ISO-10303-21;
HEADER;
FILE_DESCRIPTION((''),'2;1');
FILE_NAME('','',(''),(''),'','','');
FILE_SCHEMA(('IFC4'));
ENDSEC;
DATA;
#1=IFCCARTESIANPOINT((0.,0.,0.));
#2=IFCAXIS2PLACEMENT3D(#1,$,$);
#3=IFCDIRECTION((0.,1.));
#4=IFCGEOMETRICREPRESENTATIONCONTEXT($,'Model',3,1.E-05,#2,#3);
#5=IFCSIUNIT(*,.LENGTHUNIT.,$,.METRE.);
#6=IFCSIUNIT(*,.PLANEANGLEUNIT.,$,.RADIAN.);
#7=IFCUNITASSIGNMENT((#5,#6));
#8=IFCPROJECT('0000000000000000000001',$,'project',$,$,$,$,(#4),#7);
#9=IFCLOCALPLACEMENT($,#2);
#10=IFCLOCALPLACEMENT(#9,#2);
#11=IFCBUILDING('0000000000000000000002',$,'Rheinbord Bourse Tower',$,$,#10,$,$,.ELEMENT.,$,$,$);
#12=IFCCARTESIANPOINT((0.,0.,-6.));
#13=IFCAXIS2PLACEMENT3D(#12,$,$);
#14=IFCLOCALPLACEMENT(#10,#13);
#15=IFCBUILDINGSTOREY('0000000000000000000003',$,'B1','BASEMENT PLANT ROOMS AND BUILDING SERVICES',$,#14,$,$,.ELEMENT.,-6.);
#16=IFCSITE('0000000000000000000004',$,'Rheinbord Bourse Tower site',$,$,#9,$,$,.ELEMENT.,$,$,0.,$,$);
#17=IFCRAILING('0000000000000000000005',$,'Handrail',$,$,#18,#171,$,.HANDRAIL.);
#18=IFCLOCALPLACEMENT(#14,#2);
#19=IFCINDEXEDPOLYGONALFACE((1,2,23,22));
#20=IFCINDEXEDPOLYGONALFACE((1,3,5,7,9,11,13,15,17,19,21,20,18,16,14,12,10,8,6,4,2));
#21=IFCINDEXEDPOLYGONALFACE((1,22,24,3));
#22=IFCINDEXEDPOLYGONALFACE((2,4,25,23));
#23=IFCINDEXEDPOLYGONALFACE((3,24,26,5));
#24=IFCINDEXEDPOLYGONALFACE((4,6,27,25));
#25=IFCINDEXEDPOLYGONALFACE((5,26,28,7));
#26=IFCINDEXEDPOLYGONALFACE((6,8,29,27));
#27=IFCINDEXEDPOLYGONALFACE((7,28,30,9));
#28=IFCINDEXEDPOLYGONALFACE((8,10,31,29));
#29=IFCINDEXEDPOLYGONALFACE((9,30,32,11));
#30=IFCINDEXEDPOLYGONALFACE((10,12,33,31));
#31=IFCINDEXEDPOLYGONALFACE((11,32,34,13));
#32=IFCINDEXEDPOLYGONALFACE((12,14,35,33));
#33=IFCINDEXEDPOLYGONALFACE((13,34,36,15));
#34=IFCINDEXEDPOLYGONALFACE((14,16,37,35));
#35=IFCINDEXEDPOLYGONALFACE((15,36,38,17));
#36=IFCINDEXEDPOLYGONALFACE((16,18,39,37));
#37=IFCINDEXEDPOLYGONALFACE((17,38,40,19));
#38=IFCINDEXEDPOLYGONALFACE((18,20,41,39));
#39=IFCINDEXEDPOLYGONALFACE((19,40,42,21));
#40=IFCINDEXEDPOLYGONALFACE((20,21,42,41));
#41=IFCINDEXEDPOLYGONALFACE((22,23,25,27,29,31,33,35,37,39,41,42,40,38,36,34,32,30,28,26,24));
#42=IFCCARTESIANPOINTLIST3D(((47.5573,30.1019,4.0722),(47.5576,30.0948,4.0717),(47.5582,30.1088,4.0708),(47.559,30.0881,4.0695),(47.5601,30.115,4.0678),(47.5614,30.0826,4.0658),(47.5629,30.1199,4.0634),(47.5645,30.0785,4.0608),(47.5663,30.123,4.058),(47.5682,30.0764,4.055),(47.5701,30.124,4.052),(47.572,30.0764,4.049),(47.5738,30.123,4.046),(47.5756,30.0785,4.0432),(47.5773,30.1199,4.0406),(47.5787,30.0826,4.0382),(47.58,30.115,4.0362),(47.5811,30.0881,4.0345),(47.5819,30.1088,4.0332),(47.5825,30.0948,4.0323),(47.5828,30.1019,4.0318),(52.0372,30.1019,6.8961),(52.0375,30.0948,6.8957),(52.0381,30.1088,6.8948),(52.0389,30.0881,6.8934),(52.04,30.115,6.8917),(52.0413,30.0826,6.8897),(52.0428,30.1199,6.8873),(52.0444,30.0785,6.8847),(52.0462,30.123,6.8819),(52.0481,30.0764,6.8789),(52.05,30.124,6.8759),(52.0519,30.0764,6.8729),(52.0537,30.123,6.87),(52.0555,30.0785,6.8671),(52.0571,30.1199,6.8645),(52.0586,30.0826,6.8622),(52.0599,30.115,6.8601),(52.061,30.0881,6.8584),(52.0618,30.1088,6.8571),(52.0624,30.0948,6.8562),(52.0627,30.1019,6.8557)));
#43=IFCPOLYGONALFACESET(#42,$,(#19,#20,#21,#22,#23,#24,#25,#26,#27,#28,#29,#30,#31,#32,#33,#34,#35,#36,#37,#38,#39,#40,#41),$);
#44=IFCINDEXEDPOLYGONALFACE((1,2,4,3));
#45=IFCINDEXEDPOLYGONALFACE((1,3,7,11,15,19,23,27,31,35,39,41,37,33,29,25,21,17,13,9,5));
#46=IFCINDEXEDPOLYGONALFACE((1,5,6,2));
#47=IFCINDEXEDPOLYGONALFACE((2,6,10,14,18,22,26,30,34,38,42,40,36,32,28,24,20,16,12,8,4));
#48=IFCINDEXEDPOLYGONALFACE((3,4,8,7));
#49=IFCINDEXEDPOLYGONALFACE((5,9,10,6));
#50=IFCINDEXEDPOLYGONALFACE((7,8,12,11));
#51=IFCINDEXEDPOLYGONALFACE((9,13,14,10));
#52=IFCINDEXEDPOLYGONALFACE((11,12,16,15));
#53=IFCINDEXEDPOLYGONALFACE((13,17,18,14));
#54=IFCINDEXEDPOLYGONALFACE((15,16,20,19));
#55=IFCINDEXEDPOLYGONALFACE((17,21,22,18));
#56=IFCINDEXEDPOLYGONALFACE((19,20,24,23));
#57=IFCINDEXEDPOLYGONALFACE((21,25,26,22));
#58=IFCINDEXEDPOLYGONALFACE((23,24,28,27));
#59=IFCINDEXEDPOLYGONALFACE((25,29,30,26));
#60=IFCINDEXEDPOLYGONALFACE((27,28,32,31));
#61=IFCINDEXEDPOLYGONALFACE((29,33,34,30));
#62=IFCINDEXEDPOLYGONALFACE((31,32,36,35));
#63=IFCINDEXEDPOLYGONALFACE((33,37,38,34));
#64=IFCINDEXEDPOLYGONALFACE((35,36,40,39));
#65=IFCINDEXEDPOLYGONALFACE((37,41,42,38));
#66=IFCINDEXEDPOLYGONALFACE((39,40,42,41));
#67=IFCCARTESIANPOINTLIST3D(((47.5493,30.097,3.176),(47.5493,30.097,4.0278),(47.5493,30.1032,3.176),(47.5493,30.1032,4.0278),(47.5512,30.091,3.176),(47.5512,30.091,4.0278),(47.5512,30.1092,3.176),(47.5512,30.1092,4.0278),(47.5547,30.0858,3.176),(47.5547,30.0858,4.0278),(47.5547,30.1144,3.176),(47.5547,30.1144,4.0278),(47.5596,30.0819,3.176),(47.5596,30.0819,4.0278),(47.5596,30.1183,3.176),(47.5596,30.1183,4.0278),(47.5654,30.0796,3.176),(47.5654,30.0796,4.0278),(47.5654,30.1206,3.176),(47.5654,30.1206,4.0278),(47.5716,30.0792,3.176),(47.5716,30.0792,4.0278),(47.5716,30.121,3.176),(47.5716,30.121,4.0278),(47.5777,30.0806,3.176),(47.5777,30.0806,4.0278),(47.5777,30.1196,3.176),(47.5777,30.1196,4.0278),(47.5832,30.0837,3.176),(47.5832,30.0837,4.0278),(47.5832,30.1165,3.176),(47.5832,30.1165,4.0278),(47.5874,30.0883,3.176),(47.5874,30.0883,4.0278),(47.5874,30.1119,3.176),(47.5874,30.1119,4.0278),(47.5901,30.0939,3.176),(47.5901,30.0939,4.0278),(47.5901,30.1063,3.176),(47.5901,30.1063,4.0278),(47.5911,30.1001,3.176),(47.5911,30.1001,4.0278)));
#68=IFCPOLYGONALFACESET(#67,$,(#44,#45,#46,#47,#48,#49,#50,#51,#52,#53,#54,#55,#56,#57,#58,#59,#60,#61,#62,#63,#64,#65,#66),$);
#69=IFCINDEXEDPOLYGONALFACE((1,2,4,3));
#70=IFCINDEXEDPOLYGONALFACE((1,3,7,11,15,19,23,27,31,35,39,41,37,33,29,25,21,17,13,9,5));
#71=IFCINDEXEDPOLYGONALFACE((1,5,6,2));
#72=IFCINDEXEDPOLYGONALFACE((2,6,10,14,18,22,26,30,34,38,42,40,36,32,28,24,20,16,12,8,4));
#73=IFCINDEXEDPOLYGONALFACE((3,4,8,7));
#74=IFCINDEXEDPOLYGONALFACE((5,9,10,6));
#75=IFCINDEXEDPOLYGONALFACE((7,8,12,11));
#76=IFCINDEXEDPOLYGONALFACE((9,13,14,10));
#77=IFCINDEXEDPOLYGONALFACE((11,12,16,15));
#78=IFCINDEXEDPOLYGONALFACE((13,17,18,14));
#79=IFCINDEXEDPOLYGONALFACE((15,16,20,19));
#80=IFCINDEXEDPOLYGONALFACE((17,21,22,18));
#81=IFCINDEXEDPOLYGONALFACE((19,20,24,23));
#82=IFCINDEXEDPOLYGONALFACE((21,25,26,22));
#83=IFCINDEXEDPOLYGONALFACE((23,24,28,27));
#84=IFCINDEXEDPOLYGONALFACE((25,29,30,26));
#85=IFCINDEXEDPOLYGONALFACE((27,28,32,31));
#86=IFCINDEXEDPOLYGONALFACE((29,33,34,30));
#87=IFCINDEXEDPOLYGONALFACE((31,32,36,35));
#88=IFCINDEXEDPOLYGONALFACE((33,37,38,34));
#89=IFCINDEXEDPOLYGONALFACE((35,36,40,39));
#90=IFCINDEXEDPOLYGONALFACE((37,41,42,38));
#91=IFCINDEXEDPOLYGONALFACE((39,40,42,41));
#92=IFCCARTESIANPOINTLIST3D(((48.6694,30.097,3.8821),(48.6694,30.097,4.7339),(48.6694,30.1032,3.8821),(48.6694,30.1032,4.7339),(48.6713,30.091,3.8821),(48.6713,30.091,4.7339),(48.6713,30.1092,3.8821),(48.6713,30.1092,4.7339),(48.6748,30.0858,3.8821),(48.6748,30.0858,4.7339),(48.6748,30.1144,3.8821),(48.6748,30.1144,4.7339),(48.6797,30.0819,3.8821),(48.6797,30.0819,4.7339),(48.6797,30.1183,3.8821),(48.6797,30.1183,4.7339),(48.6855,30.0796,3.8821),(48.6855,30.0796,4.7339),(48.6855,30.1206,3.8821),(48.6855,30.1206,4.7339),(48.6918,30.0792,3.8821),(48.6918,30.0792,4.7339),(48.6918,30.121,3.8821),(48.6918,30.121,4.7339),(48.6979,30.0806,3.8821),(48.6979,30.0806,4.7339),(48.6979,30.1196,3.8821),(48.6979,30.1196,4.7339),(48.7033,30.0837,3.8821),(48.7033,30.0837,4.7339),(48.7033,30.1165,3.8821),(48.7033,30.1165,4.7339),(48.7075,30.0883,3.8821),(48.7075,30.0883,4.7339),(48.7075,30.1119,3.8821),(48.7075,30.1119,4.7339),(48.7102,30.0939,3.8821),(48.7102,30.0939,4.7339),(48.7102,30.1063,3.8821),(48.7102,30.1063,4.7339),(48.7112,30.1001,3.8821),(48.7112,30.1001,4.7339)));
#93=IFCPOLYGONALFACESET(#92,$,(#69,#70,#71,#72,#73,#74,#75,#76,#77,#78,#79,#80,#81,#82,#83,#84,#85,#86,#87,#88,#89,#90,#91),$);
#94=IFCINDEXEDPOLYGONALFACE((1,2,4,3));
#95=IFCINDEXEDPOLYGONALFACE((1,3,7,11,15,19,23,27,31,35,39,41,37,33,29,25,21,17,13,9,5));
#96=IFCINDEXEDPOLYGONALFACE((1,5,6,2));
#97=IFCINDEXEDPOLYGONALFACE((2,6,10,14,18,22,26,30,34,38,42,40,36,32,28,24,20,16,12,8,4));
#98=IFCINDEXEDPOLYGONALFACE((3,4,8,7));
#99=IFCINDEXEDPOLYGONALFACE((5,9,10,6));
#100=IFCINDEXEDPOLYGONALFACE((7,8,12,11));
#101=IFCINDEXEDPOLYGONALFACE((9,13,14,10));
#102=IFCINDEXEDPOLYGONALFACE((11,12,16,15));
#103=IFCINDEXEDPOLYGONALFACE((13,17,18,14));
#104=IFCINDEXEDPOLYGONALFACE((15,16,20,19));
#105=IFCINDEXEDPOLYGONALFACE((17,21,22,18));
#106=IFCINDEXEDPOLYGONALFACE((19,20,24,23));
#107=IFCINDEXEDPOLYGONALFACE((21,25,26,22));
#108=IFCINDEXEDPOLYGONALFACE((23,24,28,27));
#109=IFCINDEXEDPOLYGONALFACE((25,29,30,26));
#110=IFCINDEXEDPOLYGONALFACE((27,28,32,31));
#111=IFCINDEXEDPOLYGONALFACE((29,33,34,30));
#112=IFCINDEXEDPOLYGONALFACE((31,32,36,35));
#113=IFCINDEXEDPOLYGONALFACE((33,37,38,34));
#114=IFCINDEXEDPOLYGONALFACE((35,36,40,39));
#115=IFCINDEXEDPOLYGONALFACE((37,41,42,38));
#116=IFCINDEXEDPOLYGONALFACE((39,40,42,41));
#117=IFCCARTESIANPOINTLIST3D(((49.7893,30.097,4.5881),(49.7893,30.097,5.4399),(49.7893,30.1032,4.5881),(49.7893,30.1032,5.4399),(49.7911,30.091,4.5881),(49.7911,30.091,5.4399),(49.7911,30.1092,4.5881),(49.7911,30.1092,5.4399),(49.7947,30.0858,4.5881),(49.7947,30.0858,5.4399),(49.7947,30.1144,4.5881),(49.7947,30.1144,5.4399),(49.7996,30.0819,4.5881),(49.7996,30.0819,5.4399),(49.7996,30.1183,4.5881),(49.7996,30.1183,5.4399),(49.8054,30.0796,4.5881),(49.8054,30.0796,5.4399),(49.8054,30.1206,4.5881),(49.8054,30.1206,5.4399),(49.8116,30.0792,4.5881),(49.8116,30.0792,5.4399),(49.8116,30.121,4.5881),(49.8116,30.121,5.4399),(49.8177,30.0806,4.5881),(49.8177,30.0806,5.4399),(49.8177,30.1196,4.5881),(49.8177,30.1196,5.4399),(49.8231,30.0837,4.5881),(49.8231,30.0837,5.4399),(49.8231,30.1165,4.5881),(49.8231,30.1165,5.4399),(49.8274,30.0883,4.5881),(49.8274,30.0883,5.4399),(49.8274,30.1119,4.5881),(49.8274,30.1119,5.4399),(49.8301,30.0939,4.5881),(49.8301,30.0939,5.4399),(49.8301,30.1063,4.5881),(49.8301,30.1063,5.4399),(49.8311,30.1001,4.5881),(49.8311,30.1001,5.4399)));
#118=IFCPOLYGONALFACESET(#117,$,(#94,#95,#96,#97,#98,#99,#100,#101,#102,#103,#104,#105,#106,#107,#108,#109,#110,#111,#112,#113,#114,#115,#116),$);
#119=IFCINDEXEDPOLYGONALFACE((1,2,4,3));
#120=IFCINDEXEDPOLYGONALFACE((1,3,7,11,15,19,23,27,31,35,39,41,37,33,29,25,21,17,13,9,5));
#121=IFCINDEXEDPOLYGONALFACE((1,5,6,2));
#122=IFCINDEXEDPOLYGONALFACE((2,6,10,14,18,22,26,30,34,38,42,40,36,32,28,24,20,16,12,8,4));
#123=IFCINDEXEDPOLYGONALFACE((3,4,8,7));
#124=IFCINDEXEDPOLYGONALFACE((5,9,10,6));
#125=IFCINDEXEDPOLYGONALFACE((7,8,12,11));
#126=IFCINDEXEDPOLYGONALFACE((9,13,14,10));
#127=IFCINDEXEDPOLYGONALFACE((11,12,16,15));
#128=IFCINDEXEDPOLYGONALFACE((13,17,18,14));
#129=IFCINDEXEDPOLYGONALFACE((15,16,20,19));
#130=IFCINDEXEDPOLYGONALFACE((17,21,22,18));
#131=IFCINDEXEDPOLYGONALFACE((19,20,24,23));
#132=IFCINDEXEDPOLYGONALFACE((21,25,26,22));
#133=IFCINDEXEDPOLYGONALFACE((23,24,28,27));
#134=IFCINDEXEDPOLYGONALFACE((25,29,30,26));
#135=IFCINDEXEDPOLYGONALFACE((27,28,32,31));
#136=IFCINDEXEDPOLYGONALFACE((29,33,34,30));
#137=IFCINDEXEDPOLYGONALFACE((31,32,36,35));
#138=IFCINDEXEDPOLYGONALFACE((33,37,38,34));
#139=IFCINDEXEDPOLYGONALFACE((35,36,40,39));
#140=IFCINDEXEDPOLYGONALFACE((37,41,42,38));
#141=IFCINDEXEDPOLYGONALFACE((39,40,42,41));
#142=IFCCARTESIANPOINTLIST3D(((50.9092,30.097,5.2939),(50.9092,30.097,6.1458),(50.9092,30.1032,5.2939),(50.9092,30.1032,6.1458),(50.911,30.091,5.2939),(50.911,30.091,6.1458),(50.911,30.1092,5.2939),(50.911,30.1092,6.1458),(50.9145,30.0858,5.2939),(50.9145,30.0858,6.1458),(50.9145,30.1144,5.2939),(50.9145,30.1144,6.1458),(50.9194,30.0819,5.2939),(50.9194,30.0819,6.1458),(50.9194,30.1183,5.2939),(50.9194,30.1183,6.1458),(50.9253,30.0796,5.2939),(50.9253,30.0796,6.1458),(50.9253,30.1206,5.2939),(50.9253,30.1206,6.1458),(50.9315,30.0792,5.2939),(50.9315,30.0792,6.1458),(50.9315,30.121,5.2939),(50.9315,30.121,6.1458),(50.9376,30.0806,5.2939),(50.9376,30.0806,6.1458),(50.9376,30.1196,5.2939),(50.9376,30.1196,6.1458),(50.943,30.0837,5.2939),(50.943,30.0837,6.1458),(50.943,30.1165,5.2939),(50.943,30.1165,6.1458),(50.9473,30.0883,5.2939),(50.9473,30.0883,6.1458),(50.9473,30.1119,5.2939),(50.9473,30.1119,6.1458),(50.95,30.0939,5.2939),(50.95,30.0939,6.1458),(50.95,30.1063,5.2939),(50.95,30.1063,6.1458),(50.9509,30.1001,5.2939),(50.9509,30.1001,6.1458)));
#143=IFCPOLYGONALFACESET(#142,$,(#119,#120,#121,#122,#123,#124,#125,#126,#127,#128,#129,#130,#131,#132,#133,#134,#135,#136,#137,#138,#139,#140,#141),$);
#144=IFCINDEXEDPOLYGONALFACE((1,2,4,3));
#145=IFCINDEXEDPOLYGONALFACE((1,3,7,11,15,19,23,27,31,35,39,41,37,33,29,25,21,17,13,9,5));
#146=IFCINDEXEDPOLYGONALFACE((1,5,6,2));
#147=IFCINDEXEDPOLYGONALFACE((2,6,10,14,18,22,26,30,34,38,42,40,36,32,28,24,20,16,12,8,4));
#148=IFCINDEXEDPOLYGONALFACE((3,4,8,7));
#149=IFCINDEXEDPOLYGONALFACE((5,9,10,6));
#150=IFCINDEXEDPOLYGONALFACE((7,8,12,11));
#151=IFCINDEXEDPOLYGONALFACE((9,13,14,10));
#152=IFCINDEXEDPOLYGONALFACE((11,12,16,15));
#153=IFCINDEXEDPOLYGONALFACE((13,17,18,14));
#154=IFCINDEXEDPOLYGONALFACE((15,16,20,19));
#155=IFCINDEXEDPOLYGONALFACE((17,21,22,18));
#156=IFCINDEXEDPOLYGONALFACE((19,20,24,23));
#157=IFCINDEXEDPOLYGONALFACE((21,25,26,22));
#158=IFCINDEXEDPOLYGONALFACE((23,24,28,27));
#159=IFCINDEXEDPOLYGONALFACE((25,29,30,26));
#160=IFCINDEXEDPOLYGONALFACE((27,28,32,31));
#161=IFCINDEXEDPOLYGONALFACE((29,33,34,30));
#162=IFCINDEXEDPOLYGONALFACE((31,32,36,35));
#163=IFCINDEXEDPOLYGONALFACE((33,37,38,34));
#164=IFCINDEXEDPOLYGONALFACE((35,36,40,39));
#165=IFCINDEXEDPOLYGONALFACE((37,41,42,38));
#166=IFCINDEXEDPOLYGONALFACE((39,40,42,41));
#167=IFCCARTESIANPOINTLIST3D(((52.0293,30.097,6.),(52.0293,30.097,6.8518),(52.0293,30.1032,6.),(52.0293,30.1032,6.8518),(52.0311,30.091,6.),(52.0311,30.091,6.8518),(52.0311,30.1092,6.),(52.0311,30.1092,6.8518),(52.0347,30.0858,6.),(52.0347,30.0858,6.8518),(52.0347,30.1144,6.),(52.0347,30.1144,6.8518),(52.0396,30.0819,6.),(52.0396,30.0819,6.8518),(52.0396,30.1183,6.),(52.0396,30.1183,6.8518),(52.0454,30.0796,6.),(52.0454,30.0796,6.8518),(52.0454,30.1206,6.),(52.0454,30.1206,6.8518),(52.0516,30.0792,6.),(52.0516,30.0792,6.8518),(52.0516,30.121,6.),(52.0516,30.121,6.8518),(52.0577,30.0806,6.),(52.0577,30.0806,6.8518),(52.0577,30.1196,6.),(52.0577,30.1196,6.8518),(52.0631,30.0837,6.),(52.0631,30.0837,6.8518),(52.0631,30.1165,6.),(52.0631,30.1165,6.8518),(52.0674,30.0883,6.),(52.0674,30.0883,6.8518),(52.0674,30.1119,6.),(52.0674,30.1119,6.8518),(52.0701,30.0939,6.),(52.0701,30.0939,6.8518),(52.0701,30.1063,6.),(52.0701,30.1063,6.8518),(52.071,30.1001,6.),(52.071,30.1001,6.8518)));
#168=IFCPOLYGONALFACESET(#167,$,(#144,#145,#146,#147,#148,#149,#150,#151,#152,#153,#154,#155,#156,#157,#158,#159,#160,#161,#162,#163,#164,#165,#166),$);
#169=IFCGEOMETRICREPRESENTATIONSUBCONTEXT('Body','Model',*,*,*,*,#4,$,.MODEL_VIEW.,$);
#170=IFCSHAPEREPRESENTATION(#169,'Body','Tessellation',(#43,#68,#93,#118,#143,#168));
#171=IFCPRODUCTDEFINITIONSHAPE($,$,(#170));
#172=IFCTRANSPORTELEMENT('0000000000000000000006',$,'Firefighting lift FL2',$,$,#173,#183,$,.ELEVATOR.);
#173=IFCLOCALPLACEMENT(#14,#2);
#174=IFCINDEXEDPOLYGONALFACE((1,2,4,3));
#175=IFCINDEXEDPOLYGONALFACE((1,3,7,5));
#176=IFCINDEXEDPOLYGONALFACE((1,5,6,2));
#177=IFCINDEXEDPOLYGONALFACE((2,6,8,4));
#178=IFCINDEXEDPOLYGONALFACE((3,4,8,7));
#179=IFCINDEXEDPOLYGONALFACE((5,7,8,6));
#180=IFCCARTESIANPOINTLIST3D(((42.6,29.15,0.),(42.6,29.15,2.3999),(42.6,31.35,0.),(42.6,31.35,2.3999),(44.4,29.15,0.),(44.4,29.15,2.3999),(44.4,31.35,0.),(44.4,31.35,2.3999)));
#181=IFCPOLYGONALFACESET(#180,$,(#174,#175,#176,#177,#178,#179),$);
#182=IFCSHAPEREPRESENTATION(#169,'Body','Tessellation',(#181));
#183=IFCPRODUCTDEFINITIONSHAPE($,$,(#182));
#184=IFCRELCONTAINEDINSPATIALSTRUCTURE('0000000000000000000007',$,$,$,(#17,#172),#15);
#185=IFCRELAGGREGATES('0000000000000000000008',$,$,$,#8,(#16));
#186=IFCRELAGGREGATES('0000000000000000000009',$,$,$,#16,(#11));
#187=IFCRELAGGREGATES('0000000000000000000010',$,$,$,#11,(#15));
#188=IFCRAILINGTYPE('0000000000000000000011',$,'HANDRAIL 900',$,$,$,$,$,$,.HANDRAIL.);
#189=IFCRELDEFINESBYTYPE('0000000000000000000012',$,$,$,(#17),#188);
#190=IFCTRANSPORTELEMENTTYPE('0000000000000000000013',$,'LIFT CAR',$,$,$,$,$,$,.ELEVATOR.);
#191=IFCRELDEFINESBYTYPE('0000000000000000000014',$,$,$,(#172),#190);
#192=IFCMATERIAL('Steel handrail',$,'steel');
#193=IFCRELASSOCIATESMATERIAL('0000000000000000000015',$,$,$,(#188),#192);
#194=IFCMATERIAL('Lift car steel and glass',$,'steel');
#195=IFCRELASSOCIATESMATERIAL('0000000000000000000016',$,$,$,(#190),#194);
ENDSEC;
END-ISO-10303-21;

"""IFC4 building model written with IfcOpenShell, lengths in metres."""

from ifc_helpers import new_model, si_unit, direction, frame, origin, origin_2d, place, context, subcontext, project, spatial, rectangle, circle, extrude, material, type_object, element, save


model = new_model("IFC4")

# Units and contexts
model_context = context("Model", 3, precision=1e-05, world=origin(), true_north=direction((0.0, 1.0)))
body_context = subcontext(model_context, "Body", "Model", "MODEL_VIEW")
ifc_project = project(units=[si_unit("LENGTHUNIT", "METRE"), si_unit("PLANEANGLEUNIT", "RADIAN")], contexts=[model_context])

# Site, building, storey
site_placement = place(None, origin())
site = spatial("IfcSite", under=ifc_project, at=site_placement, Name="Rheinbord Bourse Tower site", CompositionType="ELEMENT", RefElevation=0.0)
building_placement = place(site_placement, origin())
building = spatial("IfcBuilding", under=site, at=building_placement, Name="Rheinbord Bourse Tower", CompositionType="ELEMENT")
storey_placement = place(building_placement, frame((0.0, 0.0, -6.0)))
storey = spatial("IfcBuildingStorey", under=building, at=storey_placement, Name="B1", Description="BASEMENT PLANT ROOMS AND BUILDING SERVICES", CompositionType="ELEMENT", Elevation=-6.0)

# Railing
ifc_material_1 = material(Name="Steel handrail", Category="steel")
railing_type = type_object("IfcRailingType", Name="HANDRAIL 900", PredefinedType="HANDRAIL", material=ifc_material_1)
railing_placement = place(storey_placement, frame((47.5701, 30.1001, 3.176)))
element("IfcRailing", 1, at=railing_placement, inside=storey, type_object=railing_type, Name="Handrail", PredefinedType="HANDRAIL", context=body_context, shape_type="SweptSolid", body=[
    extrude(circle(Radius=0.0239, at=origin_2d()), frame((0.0, 0.0, 0.876), z_axis=(0.845956, 0.0, 0.533252), x_axis=(0.0, 1.0, 0.0)), (0.0, 0.0, 1.0), 5.2957),
    extrude(circle(Radius=0.021, at=origin_2d()), origin(), (0.0, 0.0, 1.0), 0.8518),
    extrude(circle(Radius=0.021, at=origin_2d()), frame((1.1201, 0.0, 0.7061)), (0.0, 0.0, 1.0), 0.8518),
    extrude(circle(Radius=0.021, at=origin_2d()), frame((2.24, 0.0, 1.4121)), (0.0, 0.0, 1.0), 0.8518),
    extrude(circle(Radius=0.021, at=origin_2d()), frame((3.3599, 0.0, 2.1179)), (0.0, 0.0, 1.0), 0.8518),
    extrude(circle(Radius=0.021, at=origin_2d()), frame((4.48, 0.0, 2.824)), (0.0, 0.0, 1.0), 0.8518),
])

# Transport element
ifc_material_2 = material(Name="Lift car steel and glass", Category="steel")
transport_element_type = type_object("IfcTransportElementType", Name="LIFT CAR", PredefinedType="ELEVATOR", material=ifc_material_2)
transport_element_placement = place(storey_placement, frame((43.5, 30.25, 0.0), z_axis=(0.0, 0.0, 1.0), x_axis=(1.0, 0.0, 0.0)))
element("IfcTransportElement", 2, at=transport_element_placement, inside=storey, type_object=transport_element_type, Name="Firefighting lift FL2", PredefinedType="ELEVATOR", context=body_context, shape_type="SweptSolid", body=[
    extrude(rectangle(XDim=1.8, YDim=2.2, at=origin_2d()), origin(), (0.0, 0.0, 1.0), 2.3999),
])

save(model, "model.ifc")
